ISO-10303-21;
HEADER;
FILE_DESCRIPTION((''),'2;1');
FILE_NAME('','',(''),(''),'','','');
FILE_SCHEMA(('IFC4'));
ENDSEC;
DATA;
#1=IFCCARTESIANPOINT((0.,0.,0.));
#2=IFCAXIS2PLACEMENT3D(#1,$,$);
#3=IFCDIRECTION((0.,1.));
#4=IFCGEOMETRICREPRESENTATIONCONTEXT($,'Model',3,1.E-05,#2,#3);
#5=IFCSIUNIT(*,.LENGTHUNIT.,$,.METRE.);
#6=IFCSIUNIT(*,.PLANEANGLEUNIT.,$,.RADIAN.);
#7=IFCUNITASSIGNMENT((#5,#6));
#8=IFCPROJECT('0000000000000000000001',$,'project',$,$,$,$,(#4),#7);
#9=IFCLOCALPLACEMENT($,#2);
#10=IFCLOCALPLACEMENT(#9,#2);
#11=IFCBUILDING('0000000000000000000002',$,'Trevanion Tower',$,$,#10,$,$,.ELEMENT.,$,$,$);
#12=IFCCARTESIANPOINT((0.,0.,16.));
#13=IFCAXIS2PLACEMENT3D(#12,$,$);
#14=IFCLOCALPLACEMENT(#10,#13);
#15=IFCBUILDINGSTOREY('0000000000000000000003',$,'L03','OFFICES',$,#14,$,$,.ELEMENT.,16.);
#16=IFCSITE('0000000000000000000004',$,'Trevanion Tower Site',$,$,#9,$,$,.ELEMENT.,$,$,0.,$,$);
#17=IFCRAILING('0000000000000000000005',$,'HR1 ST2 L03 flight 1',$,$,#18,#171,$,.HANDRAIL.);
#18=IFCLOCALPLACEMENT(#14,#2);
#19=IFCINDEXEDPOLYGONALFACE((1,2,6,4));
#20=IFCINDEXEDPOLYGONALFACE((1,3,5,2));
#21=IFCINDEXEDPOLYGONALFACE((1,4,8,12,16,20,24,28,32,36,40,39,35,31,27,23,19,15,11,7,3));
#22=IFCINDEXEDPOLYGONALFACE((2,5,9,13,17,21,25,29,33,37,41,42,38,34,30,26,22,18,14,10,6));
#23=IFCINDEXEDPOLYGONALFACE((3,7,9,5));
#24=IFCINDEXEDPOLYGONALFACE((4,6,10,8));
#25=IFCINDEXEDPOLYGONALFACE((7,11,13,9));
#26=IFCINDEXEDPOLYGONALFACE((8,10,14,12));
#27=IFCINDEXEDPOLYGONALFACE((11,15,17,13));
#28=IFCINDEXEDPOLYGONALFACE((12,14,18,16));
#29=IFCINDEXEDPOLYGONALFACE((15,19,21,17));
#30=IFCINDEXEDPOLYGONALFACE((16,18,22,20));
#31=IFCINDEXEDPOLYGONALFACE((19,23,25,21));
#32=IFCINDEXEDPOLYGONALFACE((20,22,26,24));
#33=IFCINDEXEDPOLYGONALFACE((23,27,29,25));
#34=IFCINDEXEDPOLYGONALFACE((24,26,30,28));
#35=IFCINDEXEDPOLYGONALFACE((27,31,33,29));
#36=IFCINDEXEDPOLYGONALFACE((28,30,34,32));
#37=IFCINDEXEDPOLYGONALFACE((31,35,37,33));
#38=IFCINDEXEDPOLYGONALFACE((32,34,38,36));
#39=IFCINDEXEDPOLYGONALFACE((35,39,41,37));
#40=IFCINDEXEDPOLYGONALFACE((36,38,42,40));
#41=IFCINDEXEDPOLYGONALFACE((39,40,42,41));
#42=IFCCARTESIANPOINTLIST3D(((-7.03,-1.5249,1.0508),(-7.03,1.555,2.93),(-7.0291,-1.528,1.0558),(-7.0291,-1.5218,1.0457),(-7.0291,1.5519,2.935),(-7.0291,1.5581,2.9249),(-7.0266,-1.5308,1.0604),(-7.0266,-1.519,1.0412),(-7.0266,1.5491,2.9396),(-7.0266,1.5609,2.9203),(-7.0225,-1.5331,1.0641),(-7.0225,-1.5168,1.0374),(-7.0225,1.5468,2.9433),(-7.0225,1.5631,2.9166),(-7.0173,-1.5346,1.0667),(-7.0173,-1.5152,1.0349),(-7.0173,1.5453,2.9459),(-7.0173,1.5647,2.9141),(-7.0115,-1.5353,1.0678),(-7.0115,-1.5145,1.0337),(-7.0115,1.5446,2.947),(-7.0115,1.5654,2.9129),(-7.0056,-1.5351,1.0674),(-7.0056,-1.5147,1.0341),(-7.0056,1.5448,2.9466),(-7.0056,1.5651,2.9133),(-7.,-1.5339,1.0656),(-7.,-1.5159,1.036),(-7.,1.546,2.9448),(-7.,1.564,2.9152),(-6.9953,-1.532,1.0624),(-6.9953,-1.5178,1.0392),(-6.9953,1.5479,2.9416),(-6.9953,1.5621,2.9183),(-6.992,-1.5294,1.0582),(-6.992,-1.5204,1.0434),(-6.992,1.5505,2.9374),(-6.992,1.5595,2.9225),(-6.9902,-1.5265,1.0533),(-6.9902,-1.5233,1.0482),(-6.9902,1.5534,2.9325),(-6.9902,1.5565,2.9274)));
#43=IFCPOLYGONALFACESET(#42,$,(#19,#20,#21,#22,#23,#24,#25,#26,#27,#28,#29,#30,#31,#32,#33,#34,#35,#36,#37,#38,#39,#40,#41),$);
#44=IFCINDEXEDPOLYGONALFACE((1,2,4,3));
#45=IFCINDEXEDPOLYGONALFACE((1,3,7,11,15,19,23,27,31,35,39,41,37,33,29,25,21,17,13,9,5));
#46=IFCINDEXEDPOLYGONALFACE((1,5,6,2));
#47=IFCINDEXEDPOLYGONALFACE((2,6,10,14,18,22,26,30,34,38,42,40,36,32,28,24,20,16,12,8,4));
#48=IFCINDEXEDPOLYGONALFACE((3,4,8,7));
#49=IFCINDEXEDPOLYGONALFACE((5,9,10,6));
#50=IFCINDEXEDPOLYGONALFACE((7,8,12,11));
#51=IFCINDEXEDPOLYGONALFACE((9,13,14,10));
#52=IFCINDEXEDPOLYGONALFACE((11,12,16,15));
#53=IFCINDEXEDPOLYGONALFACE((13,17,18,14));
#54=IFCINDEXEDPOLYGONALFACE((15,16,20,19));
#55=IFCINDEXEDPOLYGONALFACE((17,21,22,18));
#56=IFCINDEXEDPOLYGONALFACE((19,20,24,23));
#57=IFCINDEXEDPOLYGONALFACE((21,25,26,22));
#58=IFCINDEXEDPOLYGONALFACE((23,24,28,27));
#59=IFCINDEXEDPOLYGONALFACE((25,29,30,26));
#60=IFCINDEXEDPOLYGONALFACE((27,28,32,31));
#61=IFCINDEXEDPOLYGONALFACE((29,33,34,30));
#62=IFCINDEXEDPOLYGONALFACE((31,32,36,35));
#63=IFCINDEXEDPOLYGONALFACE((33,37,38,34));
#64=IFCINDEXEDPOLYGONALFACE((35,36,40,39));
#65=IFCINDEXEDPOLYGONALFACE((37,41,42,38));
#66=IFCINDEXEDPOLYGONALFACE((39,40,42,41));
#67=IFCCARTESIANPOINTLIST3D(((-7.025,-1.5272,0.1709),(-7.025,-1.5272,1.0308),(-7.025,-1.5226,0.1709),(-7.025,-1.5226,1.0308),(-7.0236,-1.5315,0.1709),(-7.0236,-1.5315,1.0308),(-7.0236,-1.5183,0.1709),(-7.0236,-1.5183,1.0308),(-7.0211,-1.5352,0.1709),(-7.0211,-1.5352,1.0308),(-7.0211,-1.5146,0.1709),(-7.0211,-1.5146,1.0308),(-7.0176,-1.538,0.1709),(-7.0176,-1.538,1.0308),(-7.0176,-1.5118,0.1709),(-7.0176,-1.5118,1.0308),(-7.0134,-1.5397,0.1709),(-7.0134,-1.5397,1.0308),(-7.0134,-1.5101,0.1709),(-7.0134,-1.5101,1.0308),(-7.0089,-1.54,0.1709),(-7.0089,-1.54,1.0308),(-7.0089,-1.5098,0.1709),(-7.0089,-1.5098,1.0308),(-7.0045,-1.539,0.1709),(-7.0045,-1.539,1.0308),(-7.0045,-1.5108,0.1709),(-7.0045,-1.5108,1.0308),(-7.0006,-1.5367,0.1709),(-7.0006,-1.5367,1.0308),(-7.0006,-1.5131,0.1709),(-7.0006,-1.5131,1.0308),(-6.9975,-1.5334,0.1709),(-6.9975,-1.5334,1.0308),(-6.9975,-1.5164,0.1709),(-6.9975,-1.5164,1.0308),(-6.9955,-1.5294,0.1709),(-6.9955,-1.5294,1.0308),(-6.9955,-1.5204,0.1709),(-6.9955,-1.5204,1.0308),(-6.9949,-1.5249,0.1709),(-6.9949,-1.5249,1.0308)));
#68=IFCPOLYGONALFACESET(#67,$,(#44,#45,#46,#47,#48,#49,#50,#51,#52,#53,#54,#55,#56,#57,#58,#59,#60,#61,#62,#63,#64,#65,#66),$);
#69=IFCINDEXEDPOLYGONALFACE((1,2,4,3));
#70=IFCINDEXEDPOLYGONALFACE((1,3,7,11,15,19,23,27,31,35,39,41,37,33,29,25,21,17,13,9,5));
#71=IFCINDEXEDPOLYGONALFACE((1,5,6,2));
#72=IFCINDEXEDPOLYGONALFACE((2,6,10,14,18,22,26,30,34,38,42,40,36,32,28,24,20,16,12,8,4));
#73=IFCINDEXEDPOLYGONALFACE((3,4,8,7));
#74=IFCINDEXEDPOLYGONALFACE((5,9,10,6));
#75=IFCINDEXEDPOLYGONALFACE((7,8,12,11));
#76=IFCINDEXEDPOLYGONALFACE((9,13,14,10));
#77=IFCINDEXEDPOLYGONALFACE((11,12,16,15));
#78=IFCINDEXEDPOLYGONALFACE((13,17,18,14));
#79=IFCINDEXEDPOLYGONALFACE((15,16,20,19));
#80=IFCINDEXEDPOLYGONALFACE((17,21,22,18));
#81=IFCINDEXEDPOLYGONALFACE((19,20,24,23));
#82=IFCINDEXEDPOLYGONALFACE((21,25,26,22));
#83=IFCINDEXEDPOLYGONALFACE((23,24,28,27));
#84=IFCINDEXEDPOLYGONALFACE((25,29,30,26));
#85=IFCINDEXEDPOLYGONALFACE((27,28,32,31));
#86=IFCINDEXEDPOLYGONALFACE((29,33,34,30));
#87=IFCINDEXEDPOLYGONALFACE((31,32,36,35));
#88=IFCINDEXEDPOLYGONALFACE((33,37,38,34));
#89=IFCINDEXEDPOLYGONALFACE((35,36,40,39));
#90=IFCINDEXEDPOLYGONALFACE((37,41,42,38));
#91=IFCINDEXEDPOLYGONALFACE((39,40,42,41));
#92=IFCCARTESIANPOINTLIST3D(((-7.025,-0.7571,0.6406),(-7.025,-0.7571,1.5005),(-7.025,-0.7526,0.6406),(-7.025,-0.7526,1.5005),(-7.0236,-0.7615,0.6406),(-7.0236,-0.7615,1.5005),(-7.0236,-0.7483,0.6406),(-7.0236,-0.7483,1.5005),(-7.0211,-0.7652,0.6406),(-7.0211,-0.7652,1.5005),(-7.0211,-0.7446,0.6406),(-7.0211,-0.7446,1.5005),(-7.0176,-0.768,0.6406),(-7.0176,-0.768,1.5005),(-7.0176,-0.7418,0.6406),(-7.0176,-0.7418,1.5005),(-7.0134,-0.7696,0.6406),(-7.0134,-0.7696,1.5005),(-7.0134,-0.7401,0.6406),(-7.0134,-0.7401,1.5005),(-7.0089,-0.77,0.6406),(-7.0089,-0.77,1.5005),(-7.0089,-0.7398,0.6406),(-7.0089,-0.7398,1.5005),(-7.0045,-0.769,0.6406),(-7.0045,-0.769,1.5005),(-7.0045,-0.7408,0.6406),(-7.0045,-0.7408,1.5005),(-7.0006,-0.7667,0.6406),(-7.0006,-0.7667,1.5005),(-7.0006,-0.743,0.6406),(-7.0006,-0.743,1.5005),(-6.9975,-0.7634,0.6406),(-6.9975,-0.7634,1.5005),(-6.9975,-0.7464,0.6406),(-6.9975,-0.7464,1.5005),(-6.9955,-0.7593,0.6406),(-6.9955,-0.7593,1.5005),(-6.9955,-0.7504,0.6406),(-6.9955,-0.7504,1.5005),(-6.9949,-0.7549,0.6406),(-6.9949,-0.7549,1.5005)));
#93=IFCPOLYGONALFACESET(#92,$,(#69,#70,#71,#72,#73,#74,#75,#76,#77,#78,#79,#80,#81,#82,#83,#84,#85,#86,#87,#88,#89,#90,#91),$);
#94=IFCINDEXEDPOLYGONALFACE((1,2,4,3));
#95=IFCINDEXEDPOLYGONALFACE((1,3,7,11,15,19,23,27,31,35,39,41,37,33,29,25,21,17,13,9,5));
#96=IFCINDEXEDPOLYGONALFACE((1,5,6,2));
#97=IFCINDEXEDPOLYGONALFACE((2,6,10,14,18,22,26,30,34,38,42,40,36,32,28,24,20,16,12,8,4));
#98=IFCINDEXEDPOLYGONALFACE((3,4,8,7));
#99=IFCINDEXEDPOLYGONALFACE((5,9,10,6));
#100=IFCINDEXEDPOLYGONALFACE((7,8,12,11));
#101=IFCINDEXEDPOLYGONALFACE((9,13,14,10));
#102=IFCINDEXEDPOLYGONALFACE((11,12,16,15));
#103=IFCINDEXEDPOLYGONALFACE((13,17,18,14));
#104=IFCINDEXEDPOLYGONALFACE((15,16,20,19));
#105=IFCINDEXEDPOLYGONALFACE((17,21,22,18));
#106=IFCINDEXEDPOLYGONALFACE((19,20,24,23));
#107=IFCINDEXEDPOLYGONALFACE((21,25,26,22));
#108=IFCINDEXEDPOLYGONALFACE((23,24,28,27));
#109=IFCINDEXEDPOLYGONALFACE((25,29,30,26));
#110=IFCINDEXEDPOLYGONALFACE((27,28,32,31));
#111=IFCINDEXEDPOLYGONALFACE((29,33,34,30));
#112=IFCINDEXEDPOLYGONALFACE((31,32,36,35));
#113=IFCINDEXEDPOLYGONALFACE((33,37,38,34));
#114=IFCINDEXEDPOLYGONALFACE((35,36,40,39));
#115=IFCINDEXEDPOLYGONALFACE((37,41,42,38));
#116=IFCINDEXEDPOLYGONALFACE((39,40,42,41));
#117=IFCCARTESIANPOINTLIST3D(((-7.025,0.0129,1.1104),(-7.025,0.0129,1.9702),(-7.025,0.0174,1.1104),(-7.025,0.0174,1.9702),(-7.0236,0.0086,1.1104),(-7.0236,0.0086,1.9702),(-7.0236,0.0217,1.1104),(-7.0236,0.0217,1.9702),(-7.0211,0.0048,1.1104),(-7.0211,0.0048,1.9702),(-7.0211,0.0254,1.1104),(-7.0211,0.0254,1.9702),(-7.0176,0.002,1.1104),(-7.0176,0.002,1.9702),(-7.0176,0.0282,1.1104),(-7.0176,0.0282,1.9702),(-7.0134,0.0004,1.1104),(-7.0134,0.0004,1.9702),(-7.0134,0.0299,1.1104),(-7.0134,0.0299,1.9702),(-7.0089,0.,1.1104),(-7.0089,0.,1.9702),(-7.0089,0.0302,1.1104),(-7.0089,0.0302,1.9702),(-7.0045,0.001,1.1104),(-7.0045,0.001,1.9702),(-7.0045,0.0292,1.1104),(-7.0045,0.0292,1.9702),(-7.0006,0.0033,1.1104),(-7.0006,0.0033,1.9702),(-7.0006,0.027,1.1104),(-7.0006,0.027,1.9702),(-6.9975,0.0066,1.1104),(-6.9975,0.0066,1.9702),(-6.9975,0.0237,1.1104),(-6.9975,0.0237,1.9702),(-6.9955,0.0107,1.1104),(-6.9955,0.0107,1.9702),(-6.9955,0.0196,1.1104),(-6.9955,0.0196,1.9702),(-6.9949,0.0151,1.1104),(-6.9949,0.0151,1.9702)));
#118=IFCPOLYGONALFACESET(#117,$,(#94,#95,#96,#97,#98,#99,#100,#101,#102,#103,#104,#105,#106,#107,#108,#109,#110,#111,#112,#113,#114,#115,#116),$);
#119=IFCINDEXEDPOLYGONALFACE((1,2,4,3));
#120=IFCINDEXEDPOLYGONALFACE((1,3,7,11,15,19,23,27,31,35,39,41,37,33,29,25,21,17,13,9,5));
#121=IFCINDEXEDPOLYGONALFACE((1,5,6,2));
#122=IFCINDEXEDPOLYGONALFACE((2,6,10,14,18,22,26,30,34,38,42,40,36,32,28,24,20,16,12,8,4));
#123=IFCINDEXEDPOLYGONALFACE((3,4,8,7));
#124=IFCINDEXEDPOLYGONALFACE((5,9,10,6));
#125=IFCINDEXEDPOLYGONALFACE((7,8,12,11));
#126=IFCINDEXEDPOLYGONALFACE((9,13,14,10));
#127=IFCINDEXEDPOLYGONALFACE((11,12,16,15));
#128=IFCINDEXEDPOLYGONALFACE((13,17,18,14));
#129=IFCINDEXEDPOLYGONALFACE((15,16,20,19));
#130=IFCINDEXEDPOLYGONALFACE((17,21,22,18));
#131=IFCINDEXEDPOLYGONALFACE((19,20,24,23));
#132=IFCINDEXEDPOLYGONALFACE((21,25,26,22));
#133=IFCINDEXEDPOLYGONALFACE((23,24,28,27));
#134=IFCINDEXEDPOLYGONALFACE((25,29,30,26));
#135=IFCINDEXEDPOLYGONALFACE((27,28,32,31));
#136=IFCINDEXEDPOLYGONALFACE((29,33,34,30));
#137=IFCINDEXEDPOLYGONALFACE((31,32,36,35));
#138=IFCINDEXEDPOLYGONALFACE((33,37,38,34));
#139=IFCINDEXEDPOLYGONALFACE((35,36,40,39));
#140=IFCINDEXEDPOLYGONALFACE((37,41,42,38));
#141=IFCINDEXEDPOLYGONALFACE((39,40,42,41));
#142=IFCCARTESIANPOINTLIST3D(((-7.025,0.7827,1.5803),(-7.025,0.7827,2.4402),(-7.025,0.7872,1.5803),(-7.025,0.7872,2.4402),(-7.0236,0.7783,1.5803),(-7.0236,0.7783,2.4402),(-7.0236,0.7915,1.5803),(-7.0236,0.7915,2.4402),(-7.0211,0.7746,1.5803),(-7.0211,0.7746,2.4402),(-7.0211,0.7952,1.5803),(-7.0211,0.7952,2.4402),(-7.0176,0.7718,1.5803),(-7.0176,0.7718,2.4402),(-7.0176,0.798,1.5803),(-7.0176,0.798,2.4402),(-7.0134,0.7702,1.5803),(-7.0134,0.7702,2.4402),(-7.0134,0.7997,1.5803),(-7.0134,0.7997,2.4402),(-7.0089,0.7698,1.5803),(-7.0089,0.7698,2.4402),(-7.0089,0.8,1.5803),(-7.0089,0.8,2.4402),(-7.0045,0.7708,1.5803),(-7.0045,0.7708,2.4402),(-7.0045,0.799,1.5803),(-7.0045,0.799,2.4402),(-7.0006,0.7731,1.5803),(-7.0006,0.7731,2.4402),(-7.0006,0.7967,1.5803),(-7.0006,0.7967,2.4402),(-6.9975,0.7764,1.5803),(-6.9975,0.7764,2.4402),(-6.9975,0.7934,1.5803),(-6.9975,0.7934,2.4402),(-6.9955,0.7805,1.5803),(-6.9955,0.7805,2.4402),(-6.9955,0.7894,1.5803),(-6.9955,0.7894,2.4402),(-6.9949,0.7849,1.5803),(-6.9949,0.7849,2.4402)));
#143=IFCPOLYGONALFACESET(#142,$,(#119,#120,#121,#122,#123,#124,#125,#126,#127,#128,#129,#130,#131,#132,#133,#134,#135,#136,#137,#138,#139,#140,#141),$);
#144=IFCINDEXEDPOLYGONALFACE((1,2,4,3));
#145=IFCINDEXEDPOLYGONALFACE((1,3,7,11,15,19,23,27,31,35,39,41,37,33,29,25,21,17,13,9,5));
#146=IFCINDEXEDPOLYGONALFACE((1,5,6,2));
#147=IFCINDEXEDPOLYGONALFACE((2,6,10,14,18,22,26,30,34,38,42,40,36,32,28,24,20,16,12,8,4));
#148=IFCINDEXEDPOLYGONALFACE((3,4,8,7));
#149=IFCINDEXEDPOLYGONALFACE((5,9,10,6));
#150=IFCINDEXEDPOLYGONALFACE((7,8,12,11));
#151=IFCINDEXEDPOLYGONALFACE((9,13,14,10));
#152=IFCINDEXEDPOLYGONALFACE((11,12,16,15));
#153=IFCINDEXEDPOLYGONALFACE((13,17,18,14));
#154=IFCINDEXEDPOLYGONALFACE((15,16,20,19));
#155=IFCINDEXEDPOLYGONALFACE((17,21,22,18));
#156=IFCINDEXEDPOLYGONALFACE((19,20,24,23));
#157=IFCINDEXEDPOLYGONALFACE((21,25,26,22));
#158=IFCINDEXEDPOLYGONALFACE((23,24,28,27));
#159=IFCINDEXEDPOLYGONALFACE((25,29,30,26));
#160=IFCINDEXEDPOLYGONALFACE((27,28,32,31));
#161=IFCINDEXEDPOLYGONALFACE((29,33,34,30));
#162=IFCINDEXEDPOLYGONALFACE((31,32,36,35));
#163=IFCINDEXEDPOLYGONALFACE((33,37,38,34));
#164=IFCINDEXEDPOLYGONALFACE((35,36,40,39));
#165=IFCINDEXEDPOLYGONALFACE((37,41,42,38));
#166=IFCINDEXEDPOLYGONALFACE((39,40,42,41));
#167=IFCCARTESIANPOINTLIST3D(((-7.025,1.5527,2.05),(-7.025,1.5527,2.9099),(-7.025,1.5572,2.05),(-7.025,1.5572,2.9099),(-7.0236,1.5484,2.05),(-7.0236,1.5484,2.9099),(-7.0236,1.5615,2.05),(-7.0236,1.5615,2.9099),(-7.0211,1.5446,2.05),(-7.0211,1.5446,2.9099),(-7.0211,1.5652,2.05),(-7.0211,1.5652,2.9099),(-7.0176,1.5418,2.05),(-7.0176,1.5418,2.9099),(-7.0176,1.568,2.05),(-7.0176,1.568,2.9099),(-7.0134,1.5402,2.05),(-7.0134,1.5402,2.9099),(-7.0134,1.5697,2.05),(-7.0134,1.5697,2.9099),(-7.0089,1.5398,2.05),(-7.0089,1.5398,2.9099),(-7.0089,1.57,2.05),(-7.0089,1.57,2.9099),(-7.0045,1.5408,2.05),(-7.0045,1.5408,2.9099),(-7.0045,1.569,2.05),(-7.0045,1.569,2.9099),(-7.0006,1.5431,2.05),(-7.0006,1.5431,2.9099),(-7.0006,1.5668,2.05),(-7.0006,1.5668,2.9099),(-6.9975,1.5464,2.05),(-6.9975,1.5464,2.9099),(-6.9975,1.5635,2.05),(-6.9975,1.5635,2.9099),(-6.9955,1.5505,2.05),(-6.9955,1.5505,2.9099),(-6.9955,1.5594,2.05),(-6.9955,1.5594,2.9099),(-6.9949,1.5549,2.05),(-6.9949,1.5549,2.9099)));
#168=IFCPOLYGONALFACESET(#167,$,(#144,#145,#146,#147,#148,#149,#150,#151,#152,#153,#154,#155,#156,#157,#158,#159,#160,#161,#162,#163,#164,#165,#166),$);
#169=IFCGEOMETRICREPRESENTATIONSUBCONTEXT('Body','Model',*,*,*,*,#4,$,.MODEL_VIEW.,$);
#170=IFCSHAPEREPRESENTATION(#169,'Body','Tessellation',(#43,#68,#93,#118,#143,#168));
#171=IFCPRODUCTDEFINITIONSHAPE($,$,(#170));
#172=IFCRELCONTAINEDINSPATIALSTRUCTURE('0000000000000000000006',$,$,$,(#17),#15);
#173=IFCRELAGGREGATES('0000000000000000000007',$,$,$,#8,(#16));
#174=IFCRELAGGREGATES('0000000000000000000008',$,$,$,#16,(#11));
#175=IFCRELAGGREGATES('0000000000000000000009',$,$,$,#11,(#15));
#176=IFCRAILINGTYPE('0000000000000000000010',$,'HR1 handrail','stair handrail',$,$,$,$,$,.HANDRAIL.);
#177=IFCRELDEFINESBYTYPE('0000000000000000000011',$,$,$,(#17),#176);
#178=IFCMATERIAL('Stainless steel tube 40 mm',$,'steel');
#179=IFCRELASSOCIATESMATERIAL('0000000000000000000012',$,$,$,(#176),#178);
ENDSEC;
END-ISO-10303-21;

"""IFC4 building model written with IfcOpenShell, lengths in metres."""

from ifc_helpers import new_model, si_unit, direction, frame, origin, origin_2d, place, context, subcontext, project, spatial, circle, extrude, material, type_object, element, save


model = new_model("IFC4")

# Units and contexts
model_context = context("Model", 3, precision=1e-05, world=origin(), true_north=direction((0.0, 1.0)))
body_context = subcontext(model_context, "Body", "Model", "MODEL_VIEW")
ifc_project = project(units=[si_unit("LENGTHUNIT", "METRE"), si_unit("PLANEANGLEUNIT", "RADIAN")], contexts=[model_context])

# Site, building, storey
site_placement = place(None, origin())
site = spatial("IfcSite", under=ifc_project, at=site_placement, Name="Trevanion Tower Site", CompositionType="ELEMENT", RefElevation=0.0)
building_placement = place(site_placement, origin())
building = spatial("IfcBuilding", under=site, at=building_placement, Name="Trevanion Tower", CompositionType="ELEMENT")
storey_placement = place(building_placement, frame((0.0, 0.0, 16.0)))
storey = spatial("IfcBuildingStorey", under=building, at=storey_placement, Name="L03", Description="OFFICES", CompositionType="ELEMENT", Elevation=16.0)

# Railing
ifc_material_1 = material(Name="Stainless steel tube 40 mm", Category="steel")
railing_type = type_object("IfcRailingType", Name="HR1 handrail", Description="stair handrail", PredefinedType="HANDRAIL", material=ifc_material_1)
railing_placement = place(storey_placement, frame((-7.01, -1.5249, 0.1709)))
element("IfcRailing", 1, at=railing_placement, inside=storey, type_object=railing_type, Name="HR1 ST2 L03 flight 1", PredefinedType="HANDRAIL", context=body_context, shape_type="SweptSolid", body=[
    extrude(circle(Radius=0.02, at=origin_2d()), frame((0.0, 0.0, 0.8799), z_axis=(0.0, 0.853648, 0.52085), x_axis=(-1.0, 0.0, 0.0)), (0.0, 0.0, 1.0), 3.6079),
    extrude(circle(Radius=0.0151, at=origin_2d()), origin(), (0.0, 0.0, 1.0), 0.8599),
    extrude(circle(Radius=0.0151, at=origin_2d()), frame((0.0, 0.77, 0.4697)), (0.0, 0.0, 1.0), 0.8599),
    extrude(circle(Radius=0.0151, at=origin_2d()), frame((0.0, 1.54, 0.9395)), (0.0, 0.0, 1.0), 0.8599),
    extrude(circle(Radius=0.0151, at=origin_2d()), frame((0.0, 2.3098, 1.4094)), (0.0, 0.0, 1.0), 0.8599),
    extrude(circle(Radius=0.0151, at=origin_2d()), frame((0.0, 3.0798, 1.8792)), (0.0, 0.0, 1.0), 0.8599),
])

save(model, "model.ifc")
